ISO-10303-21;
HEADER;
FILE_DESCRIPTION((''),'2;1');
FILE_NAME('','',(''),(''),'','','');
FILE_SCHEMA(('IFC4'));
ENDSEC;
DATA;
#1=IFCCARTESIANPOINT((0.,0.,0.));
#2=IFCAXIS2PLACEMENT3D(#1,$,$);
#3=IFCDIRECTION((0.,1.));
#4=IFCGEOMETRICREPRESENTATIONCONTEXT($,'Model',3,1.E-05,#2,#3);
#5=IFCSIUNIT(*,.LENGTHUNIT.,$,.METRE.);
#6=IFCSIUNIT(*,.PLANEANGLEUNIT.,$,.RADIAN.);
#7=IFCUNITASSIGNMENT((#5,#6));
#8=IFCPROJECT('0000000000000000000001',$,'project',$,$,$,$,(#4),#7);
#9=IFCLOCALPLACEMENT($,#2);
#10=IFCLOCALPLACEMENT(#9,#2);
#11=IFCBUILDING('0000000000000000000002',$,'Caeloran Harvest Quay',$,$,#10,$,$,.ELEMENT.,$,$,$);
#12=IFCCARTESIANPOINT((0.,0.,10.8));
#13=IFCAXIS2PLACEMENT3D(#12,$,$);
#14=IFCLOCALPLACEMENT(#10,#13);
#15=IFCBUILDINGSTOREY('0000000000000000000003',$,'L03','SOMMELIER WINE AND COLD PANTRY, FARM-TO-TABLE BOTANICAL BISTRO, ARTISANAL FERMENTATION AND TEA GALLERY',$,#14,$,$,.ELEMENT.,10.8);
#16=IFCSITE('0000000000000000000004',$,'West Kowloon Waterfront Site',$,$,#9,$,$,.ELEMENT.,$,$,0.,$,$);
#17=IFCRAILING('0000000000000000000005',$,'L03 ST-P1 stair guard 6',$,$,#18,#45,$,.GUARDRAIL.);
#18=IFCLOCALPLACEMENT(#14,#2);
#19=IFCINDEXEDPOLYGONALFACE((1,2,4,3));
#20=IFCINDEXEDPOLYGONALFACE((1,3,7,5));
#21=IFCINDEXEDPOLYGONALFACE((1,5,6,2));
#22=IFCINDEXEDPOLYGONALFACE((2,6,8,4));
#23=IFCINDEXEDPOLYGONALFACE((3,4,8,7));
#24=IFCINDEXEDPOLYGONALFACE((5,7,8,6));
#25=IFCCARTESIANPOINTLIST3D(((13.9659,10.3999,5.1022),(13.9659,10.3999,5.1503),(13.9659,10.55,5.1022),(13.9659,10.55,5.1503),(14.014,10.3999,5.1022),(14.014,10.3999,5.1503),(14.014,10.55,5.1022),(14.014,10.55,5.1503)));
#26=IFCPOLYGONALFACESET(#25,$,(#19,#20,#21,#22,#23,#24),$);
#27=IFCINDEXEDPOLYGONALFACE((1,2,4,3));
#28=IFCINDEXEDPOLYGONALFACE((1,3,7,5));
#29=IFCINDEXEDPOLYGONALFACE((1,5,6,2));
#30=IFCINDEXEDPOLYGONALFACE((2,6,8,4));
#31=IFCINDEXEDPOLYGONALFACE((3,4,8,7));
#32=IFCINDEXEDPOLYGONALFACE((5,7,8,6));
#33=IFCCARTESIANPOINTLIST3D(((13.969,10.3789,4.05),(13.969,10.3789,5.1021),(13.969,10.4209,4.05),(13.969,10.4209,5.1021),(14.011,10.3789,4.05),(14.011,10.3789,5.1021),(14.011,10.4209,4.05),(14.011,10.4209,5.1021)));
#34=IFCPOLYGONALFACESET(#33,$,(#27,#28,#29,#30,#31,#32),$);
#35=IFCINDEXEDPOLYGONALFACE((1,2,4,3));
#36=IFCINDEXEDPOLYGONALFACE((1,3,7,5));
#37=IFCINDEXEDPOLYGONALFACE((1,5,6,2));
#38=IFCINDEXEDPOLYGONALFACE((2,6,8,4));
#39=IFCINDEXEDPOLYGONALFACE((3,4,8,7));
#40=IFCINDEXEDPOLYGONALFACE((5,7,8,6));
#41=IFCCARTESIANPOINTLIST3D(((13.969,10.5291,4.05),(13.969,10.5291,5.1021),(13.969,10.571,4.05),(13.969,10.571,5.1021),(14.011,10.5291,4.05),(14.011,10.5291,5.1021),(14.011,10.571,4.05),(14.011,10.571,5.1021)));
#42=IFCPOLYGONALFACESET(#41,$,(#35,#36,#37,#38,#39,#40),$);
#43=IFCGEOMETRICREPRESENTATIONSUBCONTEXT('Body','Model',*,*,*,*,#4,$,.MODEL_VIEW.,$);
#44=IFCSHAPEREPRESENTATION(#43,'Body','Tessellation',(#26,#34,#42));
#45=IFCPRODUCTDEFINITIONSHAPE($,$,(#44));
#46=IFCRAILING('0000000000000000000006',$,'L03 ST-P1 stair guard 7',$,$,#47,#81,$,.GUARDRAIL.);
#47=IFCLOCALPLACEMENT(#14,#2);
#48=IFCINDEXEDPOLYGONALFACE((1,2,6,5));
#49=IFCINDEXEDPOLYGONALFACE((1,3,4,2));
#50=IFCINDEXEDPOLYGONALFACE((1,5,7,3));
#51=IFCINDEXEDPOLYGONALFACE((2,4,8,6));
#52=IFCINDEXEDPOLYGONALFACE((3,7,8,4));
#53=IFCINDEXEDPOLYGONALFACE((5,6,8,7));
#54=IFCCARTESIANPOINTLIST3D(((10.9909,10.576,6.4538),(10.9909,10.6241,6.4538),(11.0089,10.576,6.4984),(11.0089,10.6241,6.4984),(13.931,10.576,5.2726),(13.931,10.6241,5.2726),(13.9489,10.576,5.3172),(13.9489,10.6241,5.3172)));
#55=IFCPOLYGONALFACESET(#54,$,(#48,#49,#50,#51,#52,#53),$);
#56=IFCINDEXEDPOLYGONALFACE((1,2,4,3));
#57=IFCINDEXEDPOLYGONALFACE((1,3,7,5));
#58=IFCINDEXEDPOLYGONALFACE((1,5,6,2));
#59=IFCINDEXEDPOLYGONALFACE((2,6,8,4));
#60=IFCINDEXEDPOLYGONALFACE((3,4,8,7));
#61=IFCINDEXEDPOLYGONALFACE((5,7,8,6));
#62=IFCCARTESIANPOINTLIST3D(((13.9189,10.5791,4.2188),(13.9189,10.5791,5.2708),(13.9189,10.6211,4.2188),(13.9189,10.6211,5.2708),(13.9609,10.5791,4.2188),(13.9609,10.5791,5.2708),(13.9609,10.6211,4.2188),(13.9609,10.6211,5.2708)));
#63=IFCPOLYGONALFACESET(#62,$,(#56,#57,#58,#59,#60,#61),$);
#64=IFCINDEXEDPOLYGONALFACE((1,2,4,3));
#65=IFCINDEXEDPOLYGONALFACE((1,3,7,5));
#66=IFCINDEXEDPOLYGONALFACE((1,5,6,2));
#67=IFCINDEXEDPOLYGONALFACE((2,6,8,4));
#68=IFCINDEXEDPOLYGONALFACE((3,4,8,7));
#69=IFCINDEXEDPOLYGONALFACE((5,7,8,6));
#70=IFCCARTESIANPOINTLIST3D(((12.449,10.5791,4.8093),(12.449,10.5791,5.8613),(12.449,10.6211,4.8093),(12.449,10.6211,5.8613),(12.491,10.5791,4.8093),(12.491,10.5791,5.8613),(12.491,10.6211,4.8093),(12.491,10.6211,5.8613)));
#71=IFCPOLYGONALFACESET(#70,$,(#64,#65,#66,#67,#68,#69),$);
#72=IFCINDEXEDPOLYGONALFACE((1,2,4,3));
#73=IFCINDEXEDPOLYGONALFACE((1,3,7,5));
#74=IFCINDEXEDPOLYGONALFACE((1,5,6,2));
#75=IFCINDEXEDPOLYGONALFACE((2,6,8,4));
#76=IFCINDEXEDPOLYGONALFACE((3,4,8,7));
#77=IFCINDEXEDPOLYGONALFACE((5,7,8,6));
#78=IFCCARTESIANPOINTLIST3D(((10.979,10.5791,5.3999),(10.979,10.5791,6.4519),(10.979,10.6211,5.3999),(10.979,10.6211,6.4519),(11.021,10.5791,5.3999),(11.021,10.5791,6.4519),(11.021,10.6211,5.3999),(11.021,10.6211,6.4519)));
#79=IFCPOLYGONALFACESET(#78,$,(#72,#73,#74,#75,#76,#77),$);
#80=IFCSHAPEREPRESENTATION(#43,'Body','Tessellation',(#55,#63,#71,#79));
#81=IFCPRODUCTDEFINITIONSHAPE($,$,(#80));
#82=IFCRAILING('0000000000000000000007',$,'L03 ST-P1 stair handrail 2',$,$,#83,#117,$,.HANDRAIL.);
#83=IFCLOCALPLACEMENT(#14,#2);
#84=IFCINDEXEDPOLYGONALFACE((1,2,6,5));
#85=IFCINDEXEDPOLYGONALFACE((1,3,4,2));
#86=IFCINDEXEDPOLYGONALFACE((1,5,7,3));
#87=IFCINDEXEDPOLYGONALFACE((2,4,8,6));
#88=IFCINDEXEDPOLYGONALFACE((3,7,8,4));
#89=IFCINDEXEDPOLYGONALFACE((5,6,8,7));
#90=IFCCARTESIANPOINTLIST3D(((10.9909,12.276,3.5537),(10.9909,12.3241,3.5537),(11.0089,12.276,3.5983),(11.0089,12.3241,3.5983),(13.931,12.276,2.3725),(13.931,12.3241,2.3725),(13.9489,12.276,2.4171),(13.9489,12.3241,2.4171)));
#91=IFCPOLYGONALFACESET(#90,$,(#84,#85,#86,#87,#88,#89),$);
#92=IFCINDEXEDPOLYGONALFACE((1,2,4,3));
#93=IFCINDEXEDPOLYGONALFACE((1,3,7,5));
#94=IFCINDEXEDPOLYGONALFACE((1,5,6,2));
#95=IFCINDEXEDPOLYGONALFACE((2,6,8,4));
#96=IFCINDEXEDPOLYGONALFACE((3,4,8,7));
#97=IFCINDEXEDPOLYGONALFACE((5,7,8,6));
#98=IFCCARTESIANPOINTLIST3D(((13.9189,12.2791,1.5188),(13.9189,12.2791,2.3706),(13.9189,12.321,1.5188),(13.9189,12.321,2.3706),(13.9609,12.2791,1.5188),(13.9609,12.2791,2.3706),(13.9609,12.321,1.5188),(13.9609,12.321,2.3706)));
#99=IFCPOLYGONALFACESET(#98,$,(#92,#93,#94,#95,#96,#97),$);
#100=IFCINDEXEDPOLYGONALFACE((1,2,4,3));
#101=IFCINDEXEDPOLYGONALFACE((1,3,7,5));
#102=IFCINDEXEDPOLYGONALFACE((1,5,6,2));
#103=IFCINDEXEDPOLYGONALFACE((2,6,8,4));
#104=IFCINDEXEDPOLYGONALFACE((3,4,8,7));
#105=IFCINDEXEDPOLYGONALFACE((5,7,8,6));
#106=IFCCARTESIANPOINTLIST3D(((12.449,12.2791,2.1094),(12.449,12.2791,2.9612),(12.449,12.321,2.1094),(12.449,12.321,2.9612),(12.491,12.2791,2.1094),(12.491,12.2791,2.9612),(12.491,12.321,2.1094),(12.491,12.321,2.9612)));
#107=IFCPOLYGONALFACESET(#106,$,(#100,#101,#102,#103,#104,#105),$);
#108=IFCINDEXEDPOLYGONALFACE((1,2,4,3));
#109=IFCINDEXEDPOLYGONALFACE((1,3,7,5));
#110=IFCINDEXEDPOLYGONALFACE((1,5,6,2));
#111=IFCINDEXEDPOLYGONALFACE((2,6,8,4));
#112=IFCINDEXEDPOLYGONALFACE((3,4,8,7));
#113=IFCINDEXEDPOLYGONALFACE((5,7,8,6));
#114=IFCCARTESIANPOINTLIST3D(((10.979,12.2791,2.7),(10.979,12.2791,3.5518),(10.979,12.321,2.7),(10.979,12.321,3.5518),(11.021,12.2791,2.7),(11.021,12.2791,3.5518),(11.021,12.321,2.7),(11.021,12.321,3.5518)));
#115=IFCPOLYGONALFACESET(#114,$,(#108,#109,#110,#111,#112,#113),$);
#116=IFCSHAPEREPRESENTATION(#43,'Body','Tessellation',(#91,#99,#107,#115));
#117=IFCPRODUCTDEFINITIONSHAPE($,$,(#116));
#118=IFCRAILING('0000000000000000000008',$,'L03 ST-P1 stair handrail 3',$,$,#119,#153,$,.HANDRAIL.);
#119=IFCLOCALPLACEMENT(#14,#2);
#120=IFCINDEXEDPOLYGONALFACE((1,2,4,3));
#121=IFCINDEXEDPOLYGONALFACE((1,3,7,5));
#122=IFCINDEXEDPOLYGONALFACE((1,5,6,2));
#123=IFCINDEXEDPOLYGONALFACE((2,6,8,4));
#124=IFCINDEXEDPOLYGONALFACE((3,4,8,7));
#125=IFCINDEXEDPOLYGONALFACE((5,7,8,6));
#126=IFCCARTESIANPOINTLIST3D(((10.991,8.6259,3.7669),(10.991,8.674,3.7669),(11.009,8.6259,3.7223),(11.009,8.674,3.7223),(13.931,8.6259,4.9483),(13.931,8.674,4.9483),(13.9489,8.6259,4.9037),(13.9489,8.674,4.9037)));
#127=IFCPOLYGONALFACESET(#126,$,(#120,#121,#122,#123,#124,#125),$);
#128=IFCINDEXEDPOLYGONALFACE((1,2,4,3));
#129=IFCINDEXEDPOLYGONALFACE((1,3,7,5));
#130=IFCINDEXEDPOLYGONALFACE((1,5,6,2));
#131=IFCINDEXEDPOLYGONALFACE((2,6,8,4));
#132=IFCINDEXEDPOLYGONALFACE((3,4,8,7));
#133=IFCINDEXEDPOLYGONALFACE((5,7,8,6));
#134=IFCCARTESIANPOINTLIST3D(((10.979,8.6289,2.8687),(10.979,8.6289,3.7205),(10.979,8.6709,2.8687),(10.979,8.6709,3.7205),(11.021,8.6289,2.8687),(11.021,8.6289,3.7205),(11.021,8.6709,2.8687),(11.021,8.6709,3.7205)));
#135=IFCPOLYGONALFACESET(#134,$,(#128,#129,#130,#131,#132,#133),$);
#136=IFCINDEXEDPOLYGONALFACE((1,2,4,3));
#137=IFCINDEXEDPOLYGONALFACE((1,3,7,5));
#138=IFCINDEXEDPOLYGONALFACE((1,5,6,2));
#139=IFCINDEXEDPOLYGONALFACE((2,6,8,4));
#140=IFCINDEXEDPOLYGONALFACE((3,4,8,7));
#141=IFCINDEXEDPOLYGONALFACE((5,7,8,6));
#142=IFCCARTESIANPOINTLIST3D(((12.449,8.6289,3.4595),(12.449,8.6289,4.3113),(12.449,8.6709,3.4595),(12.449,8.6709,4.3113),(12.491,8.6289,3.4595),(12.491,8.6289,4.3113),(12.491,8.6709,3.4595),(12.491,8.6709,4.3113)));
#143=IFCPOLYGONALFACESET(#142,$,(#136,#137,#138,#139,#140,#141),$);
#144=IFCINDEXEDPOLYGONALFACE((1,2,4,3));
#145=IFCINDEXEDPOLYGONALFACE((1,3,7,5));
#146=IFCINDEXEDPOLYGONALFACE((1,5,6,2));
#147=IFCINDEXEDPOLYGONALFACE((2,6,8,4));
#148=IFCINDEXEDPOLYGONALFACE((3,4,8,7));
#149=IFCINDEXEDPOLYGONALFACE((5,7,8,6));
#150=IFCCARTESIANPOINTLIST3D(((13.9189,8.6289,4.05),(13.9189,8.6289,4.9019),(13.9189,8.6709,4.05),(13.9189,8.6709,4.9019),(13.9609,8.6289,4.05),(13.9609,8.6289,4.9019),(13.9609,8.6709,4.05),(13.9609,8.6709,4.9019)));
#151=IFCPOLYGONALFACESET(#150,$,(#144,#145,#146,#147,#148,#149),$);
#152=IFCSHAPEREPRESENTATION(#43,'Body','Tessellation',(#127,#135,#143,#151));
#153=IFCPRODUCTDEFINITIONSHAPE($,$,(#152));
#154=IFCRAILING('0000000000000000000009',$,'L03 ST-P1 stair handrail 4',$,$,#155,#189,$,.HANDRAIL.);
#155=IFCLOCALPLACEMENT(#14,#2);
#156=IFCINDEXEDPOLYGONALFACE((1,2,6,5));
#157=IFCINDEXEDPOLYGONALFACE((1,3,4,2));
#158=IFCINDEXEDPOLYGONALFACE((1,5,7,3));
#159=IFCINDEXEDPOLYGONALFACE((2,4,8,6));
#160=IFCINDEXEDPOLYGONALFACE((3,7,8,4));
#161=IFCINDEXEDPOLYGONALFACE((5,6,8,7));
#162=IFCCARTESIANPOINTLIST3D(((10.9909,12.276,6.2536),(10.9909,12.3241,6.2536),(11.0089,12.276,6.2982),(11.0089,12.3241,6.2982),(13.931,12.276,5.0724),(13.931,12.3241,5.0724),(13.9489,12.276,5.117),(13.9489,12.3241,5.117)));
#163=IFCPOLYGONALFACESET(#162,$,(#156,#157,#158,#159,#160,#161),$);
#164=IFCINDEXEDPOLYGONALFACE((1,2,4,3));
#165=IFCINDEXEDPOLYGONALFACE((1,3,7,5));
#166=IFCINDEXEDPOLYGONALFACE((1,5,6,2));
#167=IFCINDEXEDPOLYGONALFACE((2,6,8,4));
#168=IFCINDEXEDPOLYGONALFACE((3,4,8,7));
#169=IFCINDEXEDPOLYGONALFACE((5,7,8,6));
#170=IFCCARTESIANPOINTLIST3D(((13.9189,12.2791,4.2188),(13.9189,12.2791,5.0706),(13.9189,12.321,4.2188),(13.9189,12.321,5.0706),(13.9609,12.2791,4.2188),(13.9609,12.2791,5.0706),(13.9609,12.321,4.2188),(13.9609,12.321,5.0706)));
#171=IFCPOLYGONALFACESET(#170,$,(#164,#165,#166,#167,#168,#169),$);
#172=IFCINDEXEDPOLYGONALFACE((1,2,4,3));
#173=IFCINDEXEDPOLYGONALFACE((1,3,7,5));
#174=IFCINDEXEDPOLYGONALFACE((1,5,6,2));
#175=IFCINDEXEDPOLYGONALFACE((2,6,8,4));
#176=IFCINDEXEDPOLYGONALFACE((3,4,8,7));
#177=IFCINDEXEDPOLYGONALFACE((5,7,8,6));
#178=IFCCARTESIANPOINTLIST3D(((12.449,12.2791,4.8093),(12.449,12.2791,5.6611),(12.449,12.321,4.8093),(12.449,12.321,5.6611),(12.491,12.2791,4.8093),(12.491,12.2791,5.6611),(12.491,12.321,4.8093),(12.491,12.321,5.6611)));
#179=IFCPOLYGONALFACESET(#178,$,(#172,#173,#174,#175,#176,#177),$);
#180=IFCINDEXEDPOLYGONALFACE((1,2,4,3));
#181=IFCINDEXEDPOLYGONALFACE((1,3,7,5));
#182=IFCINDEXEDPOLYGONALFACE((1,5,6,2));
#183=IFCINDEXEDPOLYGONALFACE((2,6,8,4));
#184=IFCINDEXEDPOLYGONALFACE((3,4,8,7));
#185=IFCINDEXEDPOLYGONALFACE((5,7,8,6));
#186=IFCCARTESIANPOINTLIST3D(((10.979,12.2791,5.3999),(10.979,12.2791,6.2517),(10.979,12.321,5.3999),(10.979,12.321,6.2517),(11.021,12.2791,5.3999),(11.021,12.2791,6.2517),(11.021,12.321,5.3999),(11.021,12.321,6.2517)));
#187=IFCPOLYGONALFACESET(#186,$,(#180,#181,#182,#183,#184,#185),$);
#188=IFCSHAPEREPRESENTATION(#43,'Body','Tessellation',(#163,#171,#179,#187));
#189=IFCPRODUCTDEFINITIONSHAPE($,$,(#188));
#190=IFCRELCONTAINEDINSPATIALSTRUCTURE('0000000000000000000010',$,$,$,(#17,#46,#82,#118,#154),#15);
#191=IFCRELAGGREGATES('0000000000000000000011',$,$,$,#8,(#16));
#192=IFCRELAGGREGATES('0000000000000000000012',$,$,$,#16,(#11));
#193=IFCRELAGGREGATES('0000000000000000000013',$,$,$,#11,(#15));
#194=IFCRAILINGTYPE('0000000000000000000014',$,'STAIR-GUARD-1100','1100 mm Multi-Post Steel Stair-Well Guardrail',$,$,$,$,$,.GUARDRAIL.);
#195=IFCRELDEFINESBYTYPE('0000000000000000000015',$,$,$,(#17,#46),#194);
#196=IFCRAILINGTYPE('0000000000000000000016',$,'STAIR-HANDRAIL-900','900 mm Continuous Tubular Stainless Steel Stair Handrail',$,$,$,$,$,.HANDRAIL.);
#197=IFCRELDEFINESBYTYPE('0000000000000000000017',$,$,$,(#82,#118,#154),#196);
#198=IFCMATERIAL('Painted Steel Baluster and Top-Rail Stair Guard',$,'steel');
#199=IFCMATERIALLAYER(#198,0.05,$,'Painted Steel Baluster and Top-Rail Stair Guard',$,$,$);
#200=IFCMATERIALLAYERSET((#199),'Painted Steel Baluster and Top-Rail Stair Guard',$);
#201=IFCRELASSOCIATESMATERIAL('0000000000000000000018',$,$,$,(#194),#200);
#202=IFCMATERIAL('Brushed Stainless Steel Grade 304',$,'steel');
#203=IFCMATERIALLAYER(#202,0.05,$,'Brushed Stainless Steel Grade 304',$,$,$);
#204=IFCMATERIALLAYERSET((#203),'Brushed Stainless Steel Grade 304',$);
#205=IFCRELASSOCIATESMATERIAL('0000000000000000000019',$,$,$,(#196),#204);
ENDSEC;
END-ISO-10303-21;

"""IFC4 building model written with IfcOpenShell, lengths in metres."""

from ifc_helpers import new_model, si_unit, direction, frame, origin, origin_2d, place, context, subcontext, project, spatial, rectangle, extrude, material, layer, layer_set, type_object, element, save


model = new_model("IFC4")

# Units and contexts
model_context = context("Model", 3, precision=1e-05, world=origin(), true_north=direction((0.0, 1.0)))
body_context = subcontext(model_context, "Body", "Model", "MODEL_VIEW")
ifc_project = project(units=[si_unit("LENGTHUNIT", "METRE"), si_unit("PLANEANGLEUNIT", "RADIAN")], contexts=[model_context])

# Site, building, storey
site_placement = place(None, origin())
site = spatial("IfcSite", under=ifc_project, at=site_placement, Name="West Kowloon Waterfront Site", CompositionType="ELEMENT", RefElevation=0.0)
building_placement = place(site_placement, origin())
building = spatial("IfcBuilding", under=site, at=building_placement, Name="Caeloran Harvest Quay", CompositionType="ELEMENT")
storey_placement = place(building_placement, frame((0.0, 0.0, 10.8)))
storey = spatial("IfcBuildingStorey", under=building, at=storey_placement, Name="L03", Description="SOMMELIER WINE AND COLD PANTRY, FARM-TO-TABLE BOTANICAL BISTRO, ARTISANAL FERMENTATION AND TEA GALLERY", CompositionType="ELEMENT", Elevation=10.8)

# Railings
ifc_material_1 = material(Name="Painted Steel Baluster and Top-Rail Stair Guard", Category="steel")
ifc_layer_1 = layer(ifc_material_1, 0.05, Name="Painted Steel Baluster and Top-Rail Stair Guard")
ifc_layer_set_1 = layer_set([ifc_layer_1], Name="Painted Steel Baluster and Top-Rail Stair Guard")
railing_type_1 = type_object("IfcRailingType", Name="STAIR-GUARD-1100", Description="1100 mm Multi-Post Steel Stair-Well Guardrail", PredefinedType="GUARDRAIL", material=ifc_layer_set_1)
railing_1_placement = place(storey_placement, frame((13.99, 10.3999, 4.05)))
element("IfcRailing", 1, at=railing_1_placement, inside=storey, type_object=railing_type_1, Name="L03 ST-P1 stair guard 6", PredefinedType="GUARDRAIL", context=body_context, shape_type="SweptSolid", body=[
    extrude(rectangle(XDim=0.0481, YDim=0.0481, at=origin_2d()), frame((0.0, 0.0, 1.0762), z_axis=(0.0, 1.0, 0.0), x_axis=(-1.0, 0.0, 0.0)), (0.0, 0.0, 1.0), 0.1501),
    extrude(rectangle(XDim=0.042, YDim=0.042, at=origin_2d()), origin(), (0.0, 0.0, 1.0), 1.052),
    extrude(rectangle(XDim=0.042, YDim=0.042, at=origin_2d()), frame((0.0, 0.1501, 0.0)), (0.0, 0.0, 1.0), 1.052),
])
railing_2_placement = place(storey_placement, frame((13.9399, 10.6001, 4.2188)))
element("IfcRailing", 2, at=railing_2_placement, inside=storey, type_object=railing_type_1, Name="L03 ST-P1 stair guard 7", PredefinedType="GUARDRAIL", context=body_context, shape_type="SweptSolid", body=[
    extrude(rectangle(XDim=0.0481, YDim=0.0481, at=origin_2d()), frame((0.0, 0.0, 1.0762), z_axis=(-0.927912, 0.0, 0.372799), x_axis=(0.0, -1.0, 0.0)), (0.0, 0.0, 1.0), 3.1685),
    extrude(rectangle(XDim=0.042, YDim=0.042, at=origin_2d()), origin(), (0.0, 0.0, 1.0), 1.052),
    extrude(rectangle(XDim=0.042, YDim=0.042, at=origin_2d()), frame((-1.47, 0.0, 0.5906)), (0.0, 0.0, 1.0), 1.052),
    extrude(rectangle(XDim=0.042, YDim=0.042, at=origin_2d()), frame((-2.9399, 0.0, 1.1812)), (0.0, 0.0, 1.0), 1.052),
])
ifc_material_2 = material(Name="Brushed Stainless Steel Grade 304", Category="steel")
ifc_layer_2 = layer(ifc_material_2, 0.05, Name="Brushed Stainless Steel Grade 304")
ifc_layer_set_2 = layer_set([ifc_layer_2], Name="Brushed Stainless Steel Grade 304")
railing_type_2 = type_object("IfcRailingType", Name="STAIR-HANDRAIL-900", Description="900 mm Continuous Tubular Stainless Steel Stair Handrail", PredefinedType="HANDRAIL", material=ifc_layer_set_2)
railing_3_placement = place(storey_placement, frame((13.9399, 12.3, 1.5188)))
element("IfcRailing", 3, at=railing_3_placement, inside=storey, type_object=railing_type_2, Name="L03 ST-P1 stair handrail 2", PredefinedType="HANDRAIL", context=body_context, shape_type="SweptSolid", body=[
    extrude(rectangle(XDim=0.0481, YDim=0.0481, at=origin_2d()), frame((0.0, 0.0, 0.876), z_axis=(-0.927912, 0.0, 0.372799), x_axis=(0.0, -1.0, 0.0)), (0.0, 0.0, 1.0), 3.1685),
    extrude(rectangle(XDim=0.042, YDim=0.042, at=origin_2d()), origin(), (0.0, 0.0, 1.0), 0.8518),
    extrude(rectangle(XDim=0.042, YDim=0.042, at=origin_2d()), frame((-1.47, 0.0, 0.5906)), (0.0, 0.0, 1.0), 0.8518),
    extrude(rectangle(XDim=0.042, YDim=0.042, at=origin_2d()), frame((-2.9399, 0.0, 1.1812)), (0.0, 0.0, 1.0), 0.8518),
])
railing_4_placement = place(storey_placement, frame((11.0, 8.6499, 2.8687)))
element("IfcRailing", 4, at=railing_4_placement, inside=storey, type_object=railing_type_2, Name="L03 ST-P1 stair handrail 3", PredefinedType="HANDRAIL", context=body_context, shape_type="SweptSolid", body=[
    extrude(rectangle(XDim=0.0481, YDim=0.0481, at=origin_2d()), frame((0.0, 0.0, 0.876), z_axis=(0.927886, 0.0, 0.372865), x_axis=(0.0, 1.0, 0.0)), (0.0, 0.0, 1.0), 3.1685),
    extrude(rectangle(XDim=0.042, YDim=0.042, at=origin_2d()), origin(), (0.0, 0.0, 1.0), 0.8518),
    extrude(rectangle(XDim=0.042, YDim=0.042, at=origin_2d()), frame((1.47, 0.0, 0.5908)), (0.0, 0.0, 1.0), 0.8518),
    extrude(rectangle(XDim=0.042, YDim=0.042, at=origin_2d()), frame((2.9399, 0.0, 1.1814)), (0.0, 0.0, 1.0), 0.8518),
])
railing_5_placement = place(storey_placement, frame((13.9399, 12.3, 4.2188)))
element("IfcRailing", 5, at=railing_5_placement, inside=storey, type_object=railing_type_2, Name="L03 ST-P1 stair handrail 4", PredefinedType="HANDRAIL", context=body_context, shape_type="SweptSolid", body=[
    extrude(rectangle(XDim=0.0481, YDim=0.0481, at=origin_2d()), frame((0.0, 0.0, 0.876), z_axis=(-0.927912, 0.0, 0.372799), x_axis=(0.0, -1.0, 0.0)), (0.0, 0.0, 1.0), 3.1685),
    extrude(rectangle(XDim=0.042, YDim=0.042, at=origin_2d()), origin(), (0.0, 0.0, 1.0), 0.8518),
    extrude(rectangle(XDim=0.042, YDim=0.042, at=origin_2d()), frame((-1.47, 0.0, 0.5906)), (0.0, 0.0, 1.0), 0.8518),
    extrude(rectangle(XDim=0.042, YDim=0.042, at=origin_2d()), frame((-2.9399, 0.0, 1.1812)), (0.0, 0.0, 1.0), 0.8518),
])

save(model, "model.ifc")
